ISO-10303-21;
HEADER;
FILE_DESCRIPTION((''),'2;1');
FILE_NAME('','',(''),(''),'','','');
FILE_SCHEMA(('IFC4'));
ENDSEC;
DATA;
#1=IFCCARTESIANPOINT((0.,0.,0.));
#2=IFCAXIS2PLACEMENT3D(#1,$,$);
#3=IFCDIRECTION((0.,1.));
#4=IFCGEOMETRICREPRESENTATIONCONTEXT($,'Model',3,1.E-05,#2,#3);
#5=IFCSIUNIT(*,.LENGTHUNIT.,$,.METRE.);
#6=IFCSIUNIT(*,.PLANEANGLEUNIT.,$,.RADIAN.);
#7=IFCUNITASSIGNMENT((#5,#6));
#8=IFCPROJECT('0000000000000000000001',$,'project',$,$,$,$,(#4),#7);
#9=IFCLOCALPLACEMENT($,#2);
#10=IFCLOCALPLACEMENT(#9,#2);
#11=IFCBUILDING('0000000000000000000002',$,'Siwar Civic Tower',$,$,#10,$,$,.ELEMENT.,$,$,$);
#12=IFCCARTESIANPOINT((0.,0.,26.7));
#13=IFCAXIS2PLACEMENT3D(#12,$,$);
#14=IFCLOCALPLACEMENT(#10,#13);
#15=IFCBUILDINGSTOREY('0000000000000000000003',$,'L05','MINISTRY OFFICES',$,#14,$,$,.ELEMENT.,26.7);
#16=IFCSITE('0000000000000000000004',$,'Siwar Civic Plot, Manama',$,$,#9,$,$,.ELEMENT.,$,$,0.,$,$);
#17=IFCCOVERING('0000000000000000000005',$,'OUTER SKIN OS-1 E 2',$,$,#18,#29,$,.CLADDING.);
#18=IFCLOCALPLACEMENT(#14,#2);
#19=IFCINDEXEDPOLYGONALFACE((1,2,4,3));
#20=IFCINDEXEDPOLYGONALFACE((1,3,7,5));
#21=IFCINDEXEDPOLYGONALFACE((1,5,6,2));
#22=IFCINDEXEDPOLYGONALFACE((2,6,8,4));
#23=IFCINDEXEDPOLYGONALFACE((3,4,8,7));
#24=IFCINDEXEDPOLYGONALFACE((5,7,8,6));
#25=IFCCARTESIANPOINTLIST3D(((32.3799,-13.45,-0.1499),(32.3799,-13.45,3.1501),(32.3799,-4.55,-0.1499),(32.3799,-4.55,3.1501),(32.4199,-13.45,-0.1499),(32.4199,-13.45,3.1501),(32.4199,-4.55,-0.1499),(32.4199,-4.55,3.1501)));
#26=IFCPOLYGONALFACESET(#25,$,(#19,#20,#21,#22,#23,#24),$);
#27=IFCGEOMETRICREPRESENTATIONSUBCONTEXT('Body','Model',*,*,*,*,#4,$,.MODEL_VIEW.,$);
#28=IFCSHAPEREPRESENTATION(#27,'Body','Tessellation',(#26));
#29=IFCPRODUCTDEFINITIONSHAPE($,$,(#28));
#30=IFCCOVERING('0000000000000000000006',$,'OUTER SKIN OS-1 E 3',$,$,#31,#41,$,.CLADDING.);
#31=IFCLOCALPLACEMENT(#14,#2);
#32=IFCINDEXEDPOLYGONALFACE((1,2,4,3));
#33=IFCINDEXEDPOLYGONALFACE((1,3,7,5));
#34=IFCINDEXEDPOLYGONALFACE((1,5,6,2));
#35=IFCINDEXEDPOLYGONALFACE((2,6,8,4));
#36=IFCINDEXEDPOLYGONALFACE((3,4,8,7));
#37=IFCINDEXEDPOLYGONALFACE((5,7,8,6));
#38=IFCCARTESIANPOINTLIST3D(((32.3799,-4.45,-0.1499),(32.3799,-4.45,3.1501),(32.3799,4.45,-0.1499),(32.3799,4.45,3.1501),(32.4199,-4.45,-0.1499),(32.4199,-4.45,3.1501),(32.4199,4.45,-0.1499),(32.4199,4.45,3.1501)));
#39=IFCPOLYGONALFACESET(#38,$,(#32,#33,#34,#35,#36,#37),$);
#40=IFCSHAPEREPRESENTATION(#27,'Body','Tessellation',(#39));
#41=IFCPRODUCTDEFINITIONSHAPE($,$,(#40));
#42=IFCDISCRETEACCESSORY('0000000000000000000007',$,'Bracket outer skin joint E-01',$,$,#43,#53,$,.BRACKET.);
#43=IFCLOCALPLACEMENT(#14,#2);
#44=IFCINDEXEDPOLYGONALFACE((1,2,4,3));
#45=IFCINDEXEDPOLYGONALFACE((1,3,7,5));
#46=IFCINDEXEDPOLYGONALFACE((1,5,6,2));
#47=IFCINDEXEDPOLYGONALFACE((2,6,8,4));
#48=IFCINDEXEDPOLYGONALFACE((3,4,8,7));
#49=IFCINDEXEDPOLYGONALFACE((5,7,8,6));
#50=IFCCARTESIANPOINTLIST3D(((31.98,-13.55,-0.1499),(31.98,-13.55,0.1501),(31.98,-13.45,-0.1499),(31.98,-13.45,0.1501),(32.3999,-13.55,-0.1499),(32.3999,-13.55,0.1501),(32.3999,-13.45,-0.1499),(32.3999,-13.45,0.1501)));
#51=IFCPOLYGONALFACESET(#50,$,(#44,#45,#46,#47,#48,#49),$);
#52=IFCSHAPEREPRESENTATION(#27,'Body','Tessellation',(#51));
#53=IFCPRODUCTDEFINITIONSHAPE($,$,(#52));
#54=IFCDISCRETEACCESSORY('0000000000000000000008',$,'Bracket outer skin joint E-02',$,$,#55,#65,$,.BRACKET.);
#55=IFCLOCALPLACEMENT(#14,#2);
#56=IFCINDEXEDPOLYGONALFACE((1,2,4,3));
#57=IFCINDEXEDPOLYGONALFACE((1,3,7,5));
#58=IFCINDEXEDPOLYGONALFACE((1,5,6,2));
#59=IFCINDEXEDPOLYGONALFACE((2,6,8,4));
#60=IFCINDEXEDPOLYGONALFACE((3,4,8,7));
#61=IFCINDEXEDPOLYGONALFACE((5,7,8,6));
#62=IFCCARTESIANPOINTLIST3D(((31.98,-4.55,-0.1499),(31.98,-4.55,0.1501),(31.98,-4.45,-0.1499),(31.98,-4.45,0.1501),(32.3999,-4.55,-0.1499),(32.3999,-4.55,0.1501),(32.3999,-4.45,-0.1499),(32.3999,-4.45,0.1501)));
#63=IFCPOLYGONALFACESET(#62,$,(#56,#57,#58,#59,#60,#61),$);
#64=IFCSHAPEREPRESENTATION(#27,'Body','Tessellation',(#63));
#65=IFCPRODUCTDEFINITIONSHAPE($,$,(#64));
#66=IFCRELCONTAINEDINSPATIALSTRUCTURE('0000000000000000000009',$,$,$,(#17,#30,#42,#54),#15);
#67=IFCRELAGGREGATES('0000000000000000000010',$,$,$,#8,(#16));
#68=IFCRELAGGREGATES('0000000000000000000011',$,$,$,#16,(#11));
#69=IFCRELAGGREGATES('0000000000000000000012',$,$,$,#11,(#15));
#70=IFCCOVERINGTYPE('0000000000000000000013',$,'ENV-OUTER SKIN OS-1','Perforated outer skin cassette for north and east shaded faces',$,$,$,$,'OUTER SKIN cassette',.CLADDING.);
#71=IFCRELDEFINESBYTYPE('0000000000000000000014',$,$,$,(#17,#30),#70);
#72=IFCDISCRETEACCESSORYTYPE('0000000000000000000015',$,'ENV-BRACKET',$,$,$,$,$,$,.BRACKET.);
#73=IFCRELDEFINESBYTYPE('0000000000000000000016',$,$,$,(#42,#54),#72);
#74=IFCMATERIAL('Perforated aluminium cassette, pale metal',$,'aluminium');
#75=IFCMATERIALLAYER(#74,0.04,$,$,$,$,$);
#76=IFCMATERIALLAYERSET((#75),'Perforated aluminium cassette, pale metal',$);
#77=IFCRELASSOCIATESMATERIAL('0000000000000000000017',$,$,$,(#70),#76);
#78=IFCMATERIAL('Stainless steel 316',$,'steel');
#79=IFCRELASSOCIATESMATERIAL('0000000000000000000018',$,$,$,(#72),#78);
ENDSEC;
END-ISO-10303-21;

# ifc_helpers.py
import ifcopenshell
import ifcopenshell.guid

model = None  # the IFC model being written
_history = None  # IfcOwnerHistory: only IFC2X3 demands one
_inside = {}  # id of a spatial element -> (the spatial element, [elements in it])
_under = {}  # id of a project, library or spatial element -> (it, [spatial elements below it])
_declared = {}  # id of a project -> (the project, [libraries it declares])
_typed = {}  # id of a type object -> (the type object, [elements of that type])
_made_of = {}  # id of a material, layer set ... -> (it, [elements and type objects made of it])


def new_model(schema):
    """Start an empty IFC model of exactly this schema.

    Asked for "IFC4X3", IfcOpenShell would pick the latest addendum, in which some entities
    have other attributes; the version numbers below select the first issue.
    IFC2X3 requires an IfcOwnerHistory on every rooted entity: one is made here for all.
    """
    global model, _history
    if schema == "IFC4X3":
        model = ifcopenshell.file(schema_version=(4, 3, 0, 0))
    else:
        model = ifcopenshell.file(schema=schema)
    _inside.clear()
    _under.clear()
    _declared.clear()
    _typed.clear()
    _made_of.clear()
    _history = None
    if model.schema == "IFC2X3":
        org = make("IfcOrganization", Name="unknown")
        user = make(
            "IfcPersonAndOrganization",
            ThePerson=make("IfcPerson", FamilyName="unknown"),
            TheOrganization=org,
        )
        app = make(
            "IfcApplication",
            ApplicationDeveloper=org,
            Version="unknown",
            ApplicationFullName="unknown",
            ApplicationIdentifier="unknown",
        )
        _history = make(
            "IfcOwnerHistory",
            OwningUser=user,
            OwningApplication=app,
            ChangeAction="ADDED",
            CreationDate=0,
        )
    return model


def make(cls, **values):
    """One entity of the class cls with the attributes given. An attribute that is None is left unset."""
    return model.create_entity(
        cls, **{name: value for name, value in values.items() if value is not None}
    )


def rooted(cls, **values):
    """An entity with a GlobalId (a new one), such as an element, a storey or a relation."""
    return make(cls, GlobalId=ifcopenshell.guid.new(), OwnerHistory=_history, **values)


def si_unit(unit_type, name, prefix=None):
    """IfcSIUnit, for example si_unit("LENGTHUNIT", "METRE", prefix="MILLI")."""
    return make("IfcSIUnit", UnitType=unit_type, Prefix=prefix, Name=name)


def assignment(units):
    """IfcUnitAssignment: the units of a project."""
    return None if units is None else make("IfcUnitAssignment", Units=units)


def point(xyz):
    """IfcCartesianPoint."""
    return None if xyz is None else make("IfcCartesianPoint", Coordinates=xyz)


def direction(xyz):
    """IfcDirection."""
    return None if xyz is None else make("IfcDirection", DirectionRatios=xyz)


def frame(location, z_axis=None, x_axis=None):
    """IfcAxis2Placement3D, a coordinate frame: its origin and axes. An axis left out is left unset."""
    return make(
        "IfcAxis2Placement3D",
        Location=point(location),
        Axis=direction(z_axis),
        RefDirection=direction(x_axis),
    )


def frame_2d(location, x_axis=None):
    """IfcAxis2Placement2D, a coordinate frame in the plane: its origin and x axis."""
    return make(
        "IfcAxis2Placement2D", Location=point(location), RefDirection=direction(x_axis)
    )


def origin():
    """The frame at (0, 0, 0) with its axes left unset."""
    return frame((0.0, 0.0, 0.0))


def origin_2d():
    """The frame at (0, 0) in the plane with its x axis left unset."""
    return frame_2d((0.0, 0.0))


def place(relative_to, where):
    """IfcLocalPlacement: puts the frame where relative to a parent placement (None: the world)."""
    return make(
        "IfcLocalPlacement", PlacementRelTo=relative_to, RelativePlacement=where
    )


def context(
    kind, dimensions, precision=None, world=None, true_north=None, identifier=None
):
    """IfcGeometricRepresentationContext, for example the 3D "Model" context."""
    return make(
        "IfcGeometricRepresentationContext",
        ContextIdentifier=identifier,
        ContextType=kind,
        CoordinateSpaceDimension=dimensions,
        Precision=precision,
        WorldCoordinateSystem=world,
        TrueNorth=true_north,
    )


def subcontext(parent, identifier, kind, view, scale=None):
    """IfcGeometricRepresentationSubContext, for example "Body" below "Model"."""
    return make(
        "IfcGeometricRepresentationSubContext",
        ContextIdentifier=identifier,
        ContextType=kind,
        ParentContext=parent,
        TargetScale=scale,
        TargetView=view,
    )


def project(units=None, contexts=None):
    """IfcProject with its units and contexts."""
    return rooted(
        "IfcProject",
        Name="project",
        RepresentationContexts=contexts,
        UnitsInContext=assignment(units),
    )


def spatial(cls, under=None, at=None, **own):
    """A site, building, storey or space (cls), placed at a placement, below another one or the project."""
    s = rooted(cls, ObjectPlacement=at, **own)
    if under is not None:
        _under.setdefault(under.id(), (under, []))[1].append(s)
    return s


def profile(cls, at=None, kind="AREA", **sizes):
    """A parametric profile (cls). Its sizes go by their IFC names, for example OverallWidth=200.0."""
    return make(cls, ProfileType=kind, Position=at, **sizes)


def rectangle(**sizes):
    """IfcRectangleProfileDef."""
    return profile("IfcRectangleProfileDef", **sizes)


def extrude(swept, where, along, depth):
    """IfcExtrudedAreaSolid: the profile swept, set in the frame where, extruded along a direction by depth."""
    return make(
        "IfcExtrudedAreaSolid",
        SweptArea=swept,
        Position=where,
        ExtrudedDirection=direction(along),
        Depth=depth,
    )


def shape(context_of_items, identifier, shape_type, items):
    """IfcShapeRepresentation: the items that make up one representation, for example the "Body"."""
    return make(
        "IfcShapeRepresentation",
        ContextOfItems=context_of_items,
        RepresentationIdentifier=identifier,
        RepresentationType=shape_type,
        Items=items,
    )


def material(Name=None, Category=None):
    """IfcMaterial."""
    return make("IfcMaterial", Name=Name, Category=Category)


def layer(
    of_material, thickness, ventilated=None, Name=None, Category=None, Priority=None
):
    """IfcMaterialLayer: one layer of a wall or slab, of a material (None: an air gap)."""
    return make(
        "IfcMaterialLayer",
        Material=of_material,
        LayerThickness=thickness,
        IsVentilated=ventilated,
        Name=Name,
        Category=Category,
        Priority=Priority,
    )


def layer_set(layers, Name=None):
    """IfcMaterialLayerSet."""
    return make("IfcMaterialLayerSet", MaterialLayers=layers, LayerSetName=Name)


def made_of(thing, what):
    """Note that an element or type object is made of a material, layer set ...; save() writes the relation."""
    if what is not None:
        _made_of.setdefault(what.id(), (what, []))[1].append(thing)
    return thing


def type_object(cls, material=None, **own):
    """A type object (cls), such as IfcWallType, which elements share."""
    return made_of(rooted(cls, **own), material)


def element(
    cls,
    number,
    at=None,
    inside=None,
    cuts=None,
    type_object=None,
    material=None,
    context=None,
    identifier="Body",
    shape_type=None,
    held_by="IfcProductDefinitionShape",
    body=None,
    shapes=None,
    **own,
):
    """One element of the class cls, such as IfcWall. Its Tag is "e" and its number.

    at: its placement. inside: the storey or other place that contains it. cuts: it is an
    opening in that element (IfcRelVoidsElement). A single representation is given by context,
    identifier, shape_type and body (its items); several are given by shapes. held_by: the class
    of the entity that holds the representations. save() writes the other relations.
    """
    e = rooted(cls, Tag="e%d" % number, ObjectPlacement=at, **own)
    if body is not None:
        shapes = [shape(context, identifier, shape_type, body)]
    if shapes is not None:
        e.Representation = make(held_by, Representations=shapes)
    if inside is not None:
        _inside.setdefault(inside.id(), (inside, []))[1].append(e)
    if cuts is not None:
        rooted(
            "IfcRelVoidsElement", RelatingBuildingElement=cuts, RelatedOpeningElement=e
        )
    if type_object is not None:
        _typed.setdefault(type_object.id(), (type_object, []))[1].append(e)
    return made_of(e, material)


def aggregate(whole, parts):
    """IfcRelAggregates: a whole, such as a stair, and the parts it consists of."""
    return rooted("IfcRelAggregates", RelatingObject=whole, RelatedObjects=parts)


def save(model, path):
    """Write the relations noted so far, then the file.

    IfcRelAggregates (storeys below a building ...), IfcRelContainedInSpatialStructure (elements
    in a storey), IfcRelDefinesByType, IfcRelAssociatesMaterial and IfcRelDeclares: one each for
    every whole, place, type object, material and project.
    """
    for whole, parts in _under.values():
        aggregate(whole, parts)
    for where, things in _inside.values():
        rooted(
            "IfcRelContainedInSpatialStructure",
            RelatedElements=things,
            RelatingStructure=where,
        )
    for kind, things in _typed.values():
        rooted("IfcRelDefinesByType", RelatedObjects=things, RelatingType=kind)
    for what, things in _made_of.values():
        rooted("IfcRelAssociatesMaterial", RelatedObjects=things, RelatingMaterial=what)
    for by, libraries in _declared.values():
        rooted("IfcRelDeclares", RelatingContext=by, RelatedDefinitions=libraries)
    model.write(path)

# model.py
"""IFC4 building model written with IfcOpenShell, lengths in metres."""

from ifc_helpers import new_model, si_unit, direction, frame, origin, origin_2d, place, context, subcontext, project, spatial, rectangle, extrude, material, layer, layer_set, type_object, element, save


model = new_model("IFC4")

# Units and contexts
model_context = context("Model", 3, precision=1e-05, world=origin(), true_north=direction((0.0, 1.0)))
body_context = subcontext(model_context, "Body", "Model", "MODEL_VIEW")
ifc_project = project(units=[si_unit("LENGTHUNIT", "METRE"), si_unit("PLANEANGLEUNIT", "RADIAN")], contexts=[model_context])

# Site, building, storey
site_placement = place(None, origin())
site = spatial("IfcSite", under=ifc_project, at=site_placement, Name="Siwar Civic Plot, Manama", CompositionType="ELEMENT", RefElevation=0.0)
building_placement = place(site_placement, origin())
building = spatial("IfcBuilding", under=site, at=building_placement, Name="Siwar Civic Tower", CompositionType="ELEMENT")
storey_placement = place(building_placement, frame((0.0, 0.0, 26.7)))
storey = spatial("IfcBuildingStorey", under=building, at=storey_placement, Name="L05", Description="MINISTRY OFFICES", CompositionType="ELEMENT", Elevation=26.7)

# Coverings
ifc_material_1 = material(Name="Perforated aluminium cassette, pale metal", Category="aluminium")
ifc_layer_1 = layer(ifc_material_1, 0.04)
ifc_layer_set_1 = layer_set([ifc_layer_1], Name="Perforated aluminium cassette, pale metal")
covering_type = type_object("IfcCoveringType", Name="ENV-OUTER SKIN OS-1", Description="Perforated outer skin cassette for north and east shaded faces", ElementType="OUTER SKIN cassette", PredefinedType="CLADDING", material=ifc_layer_set_1)
for number, where, z_axis, x_axis, name in (
    (1, (32.3999, -9.0, -0.1499), (0.0, 0.0, 1.0), (0.0, 1.0, 0.0), "OUTER SKIN OS-1 E 2"),
    (2, (32.3999, 0.0, -0.1499), (0.0, 0.0, 1.0), (0.0, 1.0, 0.0), "OUTER SKIN OS-1 E 3"),
):
    element("IfcCovering", number, at=place(storey_placement, frame(where, z_axis=z_axis, x_axis=x_axis)), inside=storey, type_object=covering_type, Name=name, PredefinedType="CLADDING", context=body_context, shape_type="SweptSolid", body=[
        extrude(rectangle(XDim=8.8999, YDim=0.04, at=origin_2d()), origin(), (0.0, 0.0, 1.0), 3.3),
    ])

# Discrete accessories
ifc_material_2 = material(Name="Stainless steel 316", Category="steel")
discrete_accessory_type = type_object("IfcDiscreteAccessoryType", Name="ENV-BRACKET", PredefinedType="BRACKET", material=ifc_material_2)
for number, where, z_axis, x_axis, name in (
    (3, (32.1899, -13.5, -0.1499), (0.0, 0.0, 1.0), (1.0, 0.0, 0.0), "Bracket outer skin joint E-01"),
    (4, (32.1899, -4.5, -0.1499), (0.0, 0.0, 1.0), (1.0, 0.0, 0.0), "Bracket outer skin joint E-02"),
):
    element("IfcDiscreteAccessory", number, at=place(storey_placement, frame(where, z_axis=z_axis, x_axis=x_axis)), inside=storey, type_object=discrete_accessory_type, Name=name, PredefinedType="BRACKET", context=body_context, shape_type="SweptSolid", body=[
        extrude(rectangle(XDim=0.4199, YDim=0.1001, at=origin_2d()), origin(), (0.0, 0.0, 1.0), 0.3),
    ])

save(model, "model.ifc")
